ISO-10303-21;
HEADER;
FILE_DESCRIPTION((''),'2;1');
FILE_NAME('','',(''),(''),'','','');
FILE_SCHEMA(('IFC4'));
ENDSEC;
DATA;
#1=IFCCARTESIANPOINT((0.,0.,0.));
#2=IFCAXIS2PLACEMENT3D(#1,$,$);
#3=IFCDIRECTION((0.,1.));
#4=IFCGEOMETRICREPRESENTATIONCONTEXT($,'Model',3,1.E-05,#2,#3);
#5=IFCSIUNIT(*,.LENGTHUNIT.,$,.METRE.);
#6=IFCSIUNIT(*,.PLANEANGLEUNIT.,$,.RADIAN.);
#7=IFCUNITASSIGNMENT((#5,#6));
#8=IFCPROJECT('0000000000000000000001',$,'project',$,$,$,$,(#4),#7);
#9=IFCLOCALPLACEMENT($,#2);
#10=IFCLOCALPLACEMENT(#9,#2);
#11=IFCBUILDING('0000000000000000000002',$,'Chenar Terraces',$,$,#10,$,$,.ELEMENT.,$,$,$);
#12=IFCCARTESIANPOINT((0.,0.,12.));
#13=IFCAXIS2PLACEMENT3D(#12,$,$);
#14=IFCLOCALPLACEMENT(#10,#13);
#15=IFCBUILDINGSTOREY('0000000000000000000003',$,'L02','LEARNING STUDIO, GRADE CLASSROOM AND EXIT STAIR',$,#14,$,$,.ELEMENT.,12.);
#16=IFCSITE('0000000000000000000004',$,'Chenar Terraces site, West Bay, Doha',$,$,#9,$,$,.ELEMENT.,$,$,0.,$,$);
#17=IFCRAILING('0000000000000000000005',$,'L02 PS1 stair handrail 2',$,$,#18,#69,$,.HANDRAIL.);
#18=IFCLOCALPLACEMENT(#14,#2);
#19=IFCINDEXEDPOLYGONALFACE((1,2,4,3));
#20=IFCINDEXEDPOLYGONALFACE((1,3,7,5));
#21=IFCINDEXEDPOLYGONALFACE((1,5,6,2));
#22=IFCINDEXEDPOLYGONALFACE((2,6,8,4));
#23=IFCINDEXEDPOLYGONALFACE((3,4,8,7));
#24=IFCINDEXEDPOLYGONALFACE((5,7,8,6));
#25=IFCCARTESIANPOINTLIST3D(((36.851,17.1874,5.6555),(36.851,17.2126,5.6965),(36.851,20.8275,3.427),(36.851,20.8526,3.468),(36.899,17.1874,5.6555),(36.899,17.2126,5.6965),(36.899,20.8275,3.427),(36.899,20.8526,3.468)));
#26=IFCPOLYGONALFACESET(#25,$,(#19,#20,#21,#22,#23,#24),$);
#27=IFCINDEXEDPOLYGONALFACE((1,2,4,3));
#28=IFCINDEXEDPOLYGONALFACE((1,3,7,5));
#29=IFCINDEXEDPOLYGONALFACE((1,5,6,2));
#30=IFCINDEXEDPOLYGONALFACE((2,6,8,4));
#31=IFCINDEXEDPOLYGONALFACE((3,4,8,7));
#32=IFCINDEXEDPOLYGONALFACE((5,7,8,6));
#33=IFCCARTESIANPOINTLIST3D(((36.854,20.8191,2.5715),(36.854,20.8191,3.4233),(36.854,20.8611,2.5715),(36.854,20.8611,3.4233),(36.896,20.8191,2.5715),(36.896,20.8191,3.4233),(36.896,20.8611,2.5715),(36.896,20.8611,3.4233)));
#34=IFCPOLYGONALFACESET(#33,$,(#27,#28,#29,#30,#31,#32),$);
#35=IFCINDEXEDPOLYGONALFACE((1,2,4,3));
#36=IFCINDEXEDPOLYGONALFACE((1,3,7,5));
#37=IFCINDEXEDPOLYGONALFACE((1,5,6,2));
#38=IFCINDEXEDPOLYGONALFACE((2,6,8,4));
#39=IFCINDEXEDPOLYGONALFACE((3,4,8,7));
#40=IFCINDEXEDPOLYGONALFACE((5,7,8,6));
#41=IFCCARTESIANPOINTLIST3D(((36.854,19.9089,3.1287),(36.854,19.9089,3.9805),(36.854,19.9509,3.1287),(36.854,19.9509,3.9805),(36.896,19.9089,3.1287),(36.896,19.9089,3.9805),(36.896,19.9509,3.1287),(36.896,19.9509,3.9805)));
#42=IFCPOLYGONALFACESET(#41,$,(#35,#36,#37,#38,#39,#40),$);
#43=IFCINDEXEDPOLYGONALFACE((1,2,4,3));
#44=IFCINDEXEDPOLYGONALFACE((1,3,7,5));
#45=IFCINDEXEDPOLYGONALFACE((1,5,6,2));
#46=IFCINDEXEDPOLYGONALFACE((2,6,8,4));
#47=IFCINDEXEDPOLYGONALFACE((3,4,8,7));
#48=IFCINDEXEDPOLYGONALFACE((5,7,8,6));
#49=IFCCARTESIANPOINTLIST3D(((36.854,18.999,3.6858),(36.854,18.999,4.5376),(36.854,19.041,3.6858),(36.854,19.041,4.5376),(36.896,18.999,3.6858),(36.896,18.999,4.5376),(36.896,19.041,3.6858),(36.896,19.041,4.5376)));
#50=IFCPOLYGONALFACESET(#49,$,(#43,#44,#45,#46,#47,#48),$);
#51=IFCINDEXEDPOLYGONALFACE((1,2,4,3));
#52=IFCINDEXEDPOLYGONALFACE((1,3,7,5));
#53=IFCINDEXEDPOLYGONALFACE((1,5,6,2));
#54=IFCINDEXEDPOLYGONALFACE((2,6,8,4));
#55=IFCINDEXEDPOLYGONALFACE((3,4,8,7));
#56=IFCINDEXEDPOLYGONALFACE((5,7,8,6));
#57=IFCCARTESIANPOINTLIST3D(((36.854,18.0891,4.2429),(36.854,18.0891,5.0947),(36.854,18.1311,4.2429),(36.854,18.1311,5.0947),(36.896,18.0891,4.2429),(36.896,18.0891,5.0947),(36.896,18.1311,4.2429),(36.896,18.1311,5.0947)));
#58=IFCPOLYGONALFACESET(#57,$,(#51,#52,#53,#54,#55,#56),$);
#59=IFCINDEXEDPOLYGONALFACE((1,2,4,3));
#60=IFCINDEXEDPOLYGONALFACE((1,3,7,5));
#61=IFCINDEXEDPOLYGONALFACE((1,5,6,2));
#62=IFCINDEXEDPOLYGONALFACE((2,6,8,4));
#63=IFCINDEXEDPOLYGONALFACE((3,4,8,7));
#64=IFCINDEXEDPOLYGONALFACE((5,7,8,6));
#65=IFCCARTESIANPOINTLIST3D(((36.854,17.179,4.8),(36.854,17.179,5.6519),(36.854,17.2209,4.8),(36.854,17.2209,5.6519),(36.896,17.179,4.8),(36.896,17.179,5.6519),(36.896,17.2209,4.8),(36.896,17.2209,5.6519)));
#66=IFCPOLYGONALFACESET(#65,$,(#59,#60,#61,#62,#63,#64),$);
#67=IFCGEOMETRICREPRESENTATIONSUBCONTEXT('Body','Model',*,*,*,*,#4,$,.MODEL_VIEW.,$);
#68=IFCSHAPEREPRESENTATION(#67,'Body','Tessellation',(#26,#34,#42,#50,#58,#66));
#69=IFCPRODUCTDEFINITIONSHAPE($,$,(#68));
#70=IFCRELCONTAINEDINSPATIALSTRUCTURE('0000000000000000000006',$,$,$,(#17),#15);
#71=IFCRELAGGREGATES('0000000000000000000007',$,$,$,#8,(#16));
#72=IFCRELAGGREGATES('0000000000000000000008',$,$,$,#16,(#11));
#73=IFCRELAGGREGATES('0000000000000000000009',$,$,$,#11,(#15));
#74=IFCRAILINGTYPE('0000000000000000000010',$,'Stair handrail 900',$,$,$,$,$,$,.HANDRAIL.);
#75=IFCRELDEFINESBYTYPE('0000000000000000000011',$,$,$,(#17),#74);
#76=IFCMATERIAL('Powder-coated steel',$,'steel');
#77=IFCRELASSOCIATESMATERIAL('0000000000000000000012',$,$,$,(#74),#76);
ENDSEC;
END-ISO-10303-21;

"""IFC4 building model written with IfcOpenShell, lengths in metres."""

from ifc_helpers import new_model, si_unit, direction, frame, origin, origin_2d, place, context, subcontext, project, spatial, rectangle, extrude, material, type_object, element, save


model = new_model("IFC4")

# Units and contexts
model_context = context("Model", 3, precision=1e-05, world=origin(), true_north=direction((0.0, 1.0)))
body_context = subcontext(model_context, "Body", "Model", "MODEL_VIEW")
ifc_project = project(units=[si_unit("LENGTHUNIT", "METRE"), si_unit("PLANEANGLEUNIT", "RADIAN")], contexts=[model_context])

# Site, building, storey
site_placement = place(None, origin())
site = spatial("IfcSite", under=ifc_project, at=site_placement, Name="Chenar Terraces site, West Bay, Doha", CompositionType="ELEMENT", RefElevation=0.0)
building_placement = place(site_placement, origin())
building = spatial("IfcBuilding", under=site, at=building_placement, Name="Chenar Terraces", CompositionType="ELEMENT")
storey_placement = place(building_placement, frame((0.0, 0.0, 12.0)))
storey = spatial("IfcBuildingStorey", under=building, at=storey_placement, Name="L02", Description="LEARNING STUDIO, GRADE CLASSROOM AND EXIT STAIR", CompositionType="ELEMENT", Elevation=12.0)

# Railing
ifc_material_1 = material(Name="Powder-coated steel", Category="steel")
railing_type_1 = type_object("IfcRailingType", Name="Stair handrail 900", PredefinedType="HANDRAIL", material=ifc_material_1)
railing_1_placement = place(storey_placement, frame((36.875, 20.8401, 2.5715)))
element("IfcRailing", 1, at=railing_1_placement, inside=storey, type_object=railing_type_1, Name="L02 PS1 stair handrail 2", PredefinedType="HANDRAIL", context=body_context, shape_type="SweptSolid", body=[
    extrude(rectangle(XDim=0.0481, YDim=0.0481, at=origin_2d()), frame((0.0, 0.0, 0.876), z_axis=(0.0, -0.852866, 0.52213), x_axis=(1.0, 0.0, 0.0)), (0.0, 0.0, 1.0), 4.2681),
    extrude(rectangle(XDim=0.042, YDim=0.042, at=origin_2d()), origin(), (0.0, 0.0, 1.0), 0.8518),
    extrude(rectangle(XDim=0.042, YDim=0.042, at=origin_2d()), frame((0.0, -0.9102, 0.5571)), (0.0, 0.0, 1.0), 0.8518),
    extrude(rectangle(XDim=0.042, YDim=0.042, at=origin_2d()), frame((0.0, -1.8201, 1.1143)), (0.0, 0.0, 1.0), 0.8518),
    extrude(rectangle(XDim=0.042, YDim=0.042, at=origin_2d()), frame((0.0, -2.73, 1.6714)), (0.0, 0.0, 1.0), 0.8518),
    extrude(rectangle(XDim=0.042, YDim=0.042, at=origin_2d()), frame((0.0, -3.6401, 2.2285)), (0.0, 0.0, 1.0), 0.8518),
])

save(model, "model.ifc")
